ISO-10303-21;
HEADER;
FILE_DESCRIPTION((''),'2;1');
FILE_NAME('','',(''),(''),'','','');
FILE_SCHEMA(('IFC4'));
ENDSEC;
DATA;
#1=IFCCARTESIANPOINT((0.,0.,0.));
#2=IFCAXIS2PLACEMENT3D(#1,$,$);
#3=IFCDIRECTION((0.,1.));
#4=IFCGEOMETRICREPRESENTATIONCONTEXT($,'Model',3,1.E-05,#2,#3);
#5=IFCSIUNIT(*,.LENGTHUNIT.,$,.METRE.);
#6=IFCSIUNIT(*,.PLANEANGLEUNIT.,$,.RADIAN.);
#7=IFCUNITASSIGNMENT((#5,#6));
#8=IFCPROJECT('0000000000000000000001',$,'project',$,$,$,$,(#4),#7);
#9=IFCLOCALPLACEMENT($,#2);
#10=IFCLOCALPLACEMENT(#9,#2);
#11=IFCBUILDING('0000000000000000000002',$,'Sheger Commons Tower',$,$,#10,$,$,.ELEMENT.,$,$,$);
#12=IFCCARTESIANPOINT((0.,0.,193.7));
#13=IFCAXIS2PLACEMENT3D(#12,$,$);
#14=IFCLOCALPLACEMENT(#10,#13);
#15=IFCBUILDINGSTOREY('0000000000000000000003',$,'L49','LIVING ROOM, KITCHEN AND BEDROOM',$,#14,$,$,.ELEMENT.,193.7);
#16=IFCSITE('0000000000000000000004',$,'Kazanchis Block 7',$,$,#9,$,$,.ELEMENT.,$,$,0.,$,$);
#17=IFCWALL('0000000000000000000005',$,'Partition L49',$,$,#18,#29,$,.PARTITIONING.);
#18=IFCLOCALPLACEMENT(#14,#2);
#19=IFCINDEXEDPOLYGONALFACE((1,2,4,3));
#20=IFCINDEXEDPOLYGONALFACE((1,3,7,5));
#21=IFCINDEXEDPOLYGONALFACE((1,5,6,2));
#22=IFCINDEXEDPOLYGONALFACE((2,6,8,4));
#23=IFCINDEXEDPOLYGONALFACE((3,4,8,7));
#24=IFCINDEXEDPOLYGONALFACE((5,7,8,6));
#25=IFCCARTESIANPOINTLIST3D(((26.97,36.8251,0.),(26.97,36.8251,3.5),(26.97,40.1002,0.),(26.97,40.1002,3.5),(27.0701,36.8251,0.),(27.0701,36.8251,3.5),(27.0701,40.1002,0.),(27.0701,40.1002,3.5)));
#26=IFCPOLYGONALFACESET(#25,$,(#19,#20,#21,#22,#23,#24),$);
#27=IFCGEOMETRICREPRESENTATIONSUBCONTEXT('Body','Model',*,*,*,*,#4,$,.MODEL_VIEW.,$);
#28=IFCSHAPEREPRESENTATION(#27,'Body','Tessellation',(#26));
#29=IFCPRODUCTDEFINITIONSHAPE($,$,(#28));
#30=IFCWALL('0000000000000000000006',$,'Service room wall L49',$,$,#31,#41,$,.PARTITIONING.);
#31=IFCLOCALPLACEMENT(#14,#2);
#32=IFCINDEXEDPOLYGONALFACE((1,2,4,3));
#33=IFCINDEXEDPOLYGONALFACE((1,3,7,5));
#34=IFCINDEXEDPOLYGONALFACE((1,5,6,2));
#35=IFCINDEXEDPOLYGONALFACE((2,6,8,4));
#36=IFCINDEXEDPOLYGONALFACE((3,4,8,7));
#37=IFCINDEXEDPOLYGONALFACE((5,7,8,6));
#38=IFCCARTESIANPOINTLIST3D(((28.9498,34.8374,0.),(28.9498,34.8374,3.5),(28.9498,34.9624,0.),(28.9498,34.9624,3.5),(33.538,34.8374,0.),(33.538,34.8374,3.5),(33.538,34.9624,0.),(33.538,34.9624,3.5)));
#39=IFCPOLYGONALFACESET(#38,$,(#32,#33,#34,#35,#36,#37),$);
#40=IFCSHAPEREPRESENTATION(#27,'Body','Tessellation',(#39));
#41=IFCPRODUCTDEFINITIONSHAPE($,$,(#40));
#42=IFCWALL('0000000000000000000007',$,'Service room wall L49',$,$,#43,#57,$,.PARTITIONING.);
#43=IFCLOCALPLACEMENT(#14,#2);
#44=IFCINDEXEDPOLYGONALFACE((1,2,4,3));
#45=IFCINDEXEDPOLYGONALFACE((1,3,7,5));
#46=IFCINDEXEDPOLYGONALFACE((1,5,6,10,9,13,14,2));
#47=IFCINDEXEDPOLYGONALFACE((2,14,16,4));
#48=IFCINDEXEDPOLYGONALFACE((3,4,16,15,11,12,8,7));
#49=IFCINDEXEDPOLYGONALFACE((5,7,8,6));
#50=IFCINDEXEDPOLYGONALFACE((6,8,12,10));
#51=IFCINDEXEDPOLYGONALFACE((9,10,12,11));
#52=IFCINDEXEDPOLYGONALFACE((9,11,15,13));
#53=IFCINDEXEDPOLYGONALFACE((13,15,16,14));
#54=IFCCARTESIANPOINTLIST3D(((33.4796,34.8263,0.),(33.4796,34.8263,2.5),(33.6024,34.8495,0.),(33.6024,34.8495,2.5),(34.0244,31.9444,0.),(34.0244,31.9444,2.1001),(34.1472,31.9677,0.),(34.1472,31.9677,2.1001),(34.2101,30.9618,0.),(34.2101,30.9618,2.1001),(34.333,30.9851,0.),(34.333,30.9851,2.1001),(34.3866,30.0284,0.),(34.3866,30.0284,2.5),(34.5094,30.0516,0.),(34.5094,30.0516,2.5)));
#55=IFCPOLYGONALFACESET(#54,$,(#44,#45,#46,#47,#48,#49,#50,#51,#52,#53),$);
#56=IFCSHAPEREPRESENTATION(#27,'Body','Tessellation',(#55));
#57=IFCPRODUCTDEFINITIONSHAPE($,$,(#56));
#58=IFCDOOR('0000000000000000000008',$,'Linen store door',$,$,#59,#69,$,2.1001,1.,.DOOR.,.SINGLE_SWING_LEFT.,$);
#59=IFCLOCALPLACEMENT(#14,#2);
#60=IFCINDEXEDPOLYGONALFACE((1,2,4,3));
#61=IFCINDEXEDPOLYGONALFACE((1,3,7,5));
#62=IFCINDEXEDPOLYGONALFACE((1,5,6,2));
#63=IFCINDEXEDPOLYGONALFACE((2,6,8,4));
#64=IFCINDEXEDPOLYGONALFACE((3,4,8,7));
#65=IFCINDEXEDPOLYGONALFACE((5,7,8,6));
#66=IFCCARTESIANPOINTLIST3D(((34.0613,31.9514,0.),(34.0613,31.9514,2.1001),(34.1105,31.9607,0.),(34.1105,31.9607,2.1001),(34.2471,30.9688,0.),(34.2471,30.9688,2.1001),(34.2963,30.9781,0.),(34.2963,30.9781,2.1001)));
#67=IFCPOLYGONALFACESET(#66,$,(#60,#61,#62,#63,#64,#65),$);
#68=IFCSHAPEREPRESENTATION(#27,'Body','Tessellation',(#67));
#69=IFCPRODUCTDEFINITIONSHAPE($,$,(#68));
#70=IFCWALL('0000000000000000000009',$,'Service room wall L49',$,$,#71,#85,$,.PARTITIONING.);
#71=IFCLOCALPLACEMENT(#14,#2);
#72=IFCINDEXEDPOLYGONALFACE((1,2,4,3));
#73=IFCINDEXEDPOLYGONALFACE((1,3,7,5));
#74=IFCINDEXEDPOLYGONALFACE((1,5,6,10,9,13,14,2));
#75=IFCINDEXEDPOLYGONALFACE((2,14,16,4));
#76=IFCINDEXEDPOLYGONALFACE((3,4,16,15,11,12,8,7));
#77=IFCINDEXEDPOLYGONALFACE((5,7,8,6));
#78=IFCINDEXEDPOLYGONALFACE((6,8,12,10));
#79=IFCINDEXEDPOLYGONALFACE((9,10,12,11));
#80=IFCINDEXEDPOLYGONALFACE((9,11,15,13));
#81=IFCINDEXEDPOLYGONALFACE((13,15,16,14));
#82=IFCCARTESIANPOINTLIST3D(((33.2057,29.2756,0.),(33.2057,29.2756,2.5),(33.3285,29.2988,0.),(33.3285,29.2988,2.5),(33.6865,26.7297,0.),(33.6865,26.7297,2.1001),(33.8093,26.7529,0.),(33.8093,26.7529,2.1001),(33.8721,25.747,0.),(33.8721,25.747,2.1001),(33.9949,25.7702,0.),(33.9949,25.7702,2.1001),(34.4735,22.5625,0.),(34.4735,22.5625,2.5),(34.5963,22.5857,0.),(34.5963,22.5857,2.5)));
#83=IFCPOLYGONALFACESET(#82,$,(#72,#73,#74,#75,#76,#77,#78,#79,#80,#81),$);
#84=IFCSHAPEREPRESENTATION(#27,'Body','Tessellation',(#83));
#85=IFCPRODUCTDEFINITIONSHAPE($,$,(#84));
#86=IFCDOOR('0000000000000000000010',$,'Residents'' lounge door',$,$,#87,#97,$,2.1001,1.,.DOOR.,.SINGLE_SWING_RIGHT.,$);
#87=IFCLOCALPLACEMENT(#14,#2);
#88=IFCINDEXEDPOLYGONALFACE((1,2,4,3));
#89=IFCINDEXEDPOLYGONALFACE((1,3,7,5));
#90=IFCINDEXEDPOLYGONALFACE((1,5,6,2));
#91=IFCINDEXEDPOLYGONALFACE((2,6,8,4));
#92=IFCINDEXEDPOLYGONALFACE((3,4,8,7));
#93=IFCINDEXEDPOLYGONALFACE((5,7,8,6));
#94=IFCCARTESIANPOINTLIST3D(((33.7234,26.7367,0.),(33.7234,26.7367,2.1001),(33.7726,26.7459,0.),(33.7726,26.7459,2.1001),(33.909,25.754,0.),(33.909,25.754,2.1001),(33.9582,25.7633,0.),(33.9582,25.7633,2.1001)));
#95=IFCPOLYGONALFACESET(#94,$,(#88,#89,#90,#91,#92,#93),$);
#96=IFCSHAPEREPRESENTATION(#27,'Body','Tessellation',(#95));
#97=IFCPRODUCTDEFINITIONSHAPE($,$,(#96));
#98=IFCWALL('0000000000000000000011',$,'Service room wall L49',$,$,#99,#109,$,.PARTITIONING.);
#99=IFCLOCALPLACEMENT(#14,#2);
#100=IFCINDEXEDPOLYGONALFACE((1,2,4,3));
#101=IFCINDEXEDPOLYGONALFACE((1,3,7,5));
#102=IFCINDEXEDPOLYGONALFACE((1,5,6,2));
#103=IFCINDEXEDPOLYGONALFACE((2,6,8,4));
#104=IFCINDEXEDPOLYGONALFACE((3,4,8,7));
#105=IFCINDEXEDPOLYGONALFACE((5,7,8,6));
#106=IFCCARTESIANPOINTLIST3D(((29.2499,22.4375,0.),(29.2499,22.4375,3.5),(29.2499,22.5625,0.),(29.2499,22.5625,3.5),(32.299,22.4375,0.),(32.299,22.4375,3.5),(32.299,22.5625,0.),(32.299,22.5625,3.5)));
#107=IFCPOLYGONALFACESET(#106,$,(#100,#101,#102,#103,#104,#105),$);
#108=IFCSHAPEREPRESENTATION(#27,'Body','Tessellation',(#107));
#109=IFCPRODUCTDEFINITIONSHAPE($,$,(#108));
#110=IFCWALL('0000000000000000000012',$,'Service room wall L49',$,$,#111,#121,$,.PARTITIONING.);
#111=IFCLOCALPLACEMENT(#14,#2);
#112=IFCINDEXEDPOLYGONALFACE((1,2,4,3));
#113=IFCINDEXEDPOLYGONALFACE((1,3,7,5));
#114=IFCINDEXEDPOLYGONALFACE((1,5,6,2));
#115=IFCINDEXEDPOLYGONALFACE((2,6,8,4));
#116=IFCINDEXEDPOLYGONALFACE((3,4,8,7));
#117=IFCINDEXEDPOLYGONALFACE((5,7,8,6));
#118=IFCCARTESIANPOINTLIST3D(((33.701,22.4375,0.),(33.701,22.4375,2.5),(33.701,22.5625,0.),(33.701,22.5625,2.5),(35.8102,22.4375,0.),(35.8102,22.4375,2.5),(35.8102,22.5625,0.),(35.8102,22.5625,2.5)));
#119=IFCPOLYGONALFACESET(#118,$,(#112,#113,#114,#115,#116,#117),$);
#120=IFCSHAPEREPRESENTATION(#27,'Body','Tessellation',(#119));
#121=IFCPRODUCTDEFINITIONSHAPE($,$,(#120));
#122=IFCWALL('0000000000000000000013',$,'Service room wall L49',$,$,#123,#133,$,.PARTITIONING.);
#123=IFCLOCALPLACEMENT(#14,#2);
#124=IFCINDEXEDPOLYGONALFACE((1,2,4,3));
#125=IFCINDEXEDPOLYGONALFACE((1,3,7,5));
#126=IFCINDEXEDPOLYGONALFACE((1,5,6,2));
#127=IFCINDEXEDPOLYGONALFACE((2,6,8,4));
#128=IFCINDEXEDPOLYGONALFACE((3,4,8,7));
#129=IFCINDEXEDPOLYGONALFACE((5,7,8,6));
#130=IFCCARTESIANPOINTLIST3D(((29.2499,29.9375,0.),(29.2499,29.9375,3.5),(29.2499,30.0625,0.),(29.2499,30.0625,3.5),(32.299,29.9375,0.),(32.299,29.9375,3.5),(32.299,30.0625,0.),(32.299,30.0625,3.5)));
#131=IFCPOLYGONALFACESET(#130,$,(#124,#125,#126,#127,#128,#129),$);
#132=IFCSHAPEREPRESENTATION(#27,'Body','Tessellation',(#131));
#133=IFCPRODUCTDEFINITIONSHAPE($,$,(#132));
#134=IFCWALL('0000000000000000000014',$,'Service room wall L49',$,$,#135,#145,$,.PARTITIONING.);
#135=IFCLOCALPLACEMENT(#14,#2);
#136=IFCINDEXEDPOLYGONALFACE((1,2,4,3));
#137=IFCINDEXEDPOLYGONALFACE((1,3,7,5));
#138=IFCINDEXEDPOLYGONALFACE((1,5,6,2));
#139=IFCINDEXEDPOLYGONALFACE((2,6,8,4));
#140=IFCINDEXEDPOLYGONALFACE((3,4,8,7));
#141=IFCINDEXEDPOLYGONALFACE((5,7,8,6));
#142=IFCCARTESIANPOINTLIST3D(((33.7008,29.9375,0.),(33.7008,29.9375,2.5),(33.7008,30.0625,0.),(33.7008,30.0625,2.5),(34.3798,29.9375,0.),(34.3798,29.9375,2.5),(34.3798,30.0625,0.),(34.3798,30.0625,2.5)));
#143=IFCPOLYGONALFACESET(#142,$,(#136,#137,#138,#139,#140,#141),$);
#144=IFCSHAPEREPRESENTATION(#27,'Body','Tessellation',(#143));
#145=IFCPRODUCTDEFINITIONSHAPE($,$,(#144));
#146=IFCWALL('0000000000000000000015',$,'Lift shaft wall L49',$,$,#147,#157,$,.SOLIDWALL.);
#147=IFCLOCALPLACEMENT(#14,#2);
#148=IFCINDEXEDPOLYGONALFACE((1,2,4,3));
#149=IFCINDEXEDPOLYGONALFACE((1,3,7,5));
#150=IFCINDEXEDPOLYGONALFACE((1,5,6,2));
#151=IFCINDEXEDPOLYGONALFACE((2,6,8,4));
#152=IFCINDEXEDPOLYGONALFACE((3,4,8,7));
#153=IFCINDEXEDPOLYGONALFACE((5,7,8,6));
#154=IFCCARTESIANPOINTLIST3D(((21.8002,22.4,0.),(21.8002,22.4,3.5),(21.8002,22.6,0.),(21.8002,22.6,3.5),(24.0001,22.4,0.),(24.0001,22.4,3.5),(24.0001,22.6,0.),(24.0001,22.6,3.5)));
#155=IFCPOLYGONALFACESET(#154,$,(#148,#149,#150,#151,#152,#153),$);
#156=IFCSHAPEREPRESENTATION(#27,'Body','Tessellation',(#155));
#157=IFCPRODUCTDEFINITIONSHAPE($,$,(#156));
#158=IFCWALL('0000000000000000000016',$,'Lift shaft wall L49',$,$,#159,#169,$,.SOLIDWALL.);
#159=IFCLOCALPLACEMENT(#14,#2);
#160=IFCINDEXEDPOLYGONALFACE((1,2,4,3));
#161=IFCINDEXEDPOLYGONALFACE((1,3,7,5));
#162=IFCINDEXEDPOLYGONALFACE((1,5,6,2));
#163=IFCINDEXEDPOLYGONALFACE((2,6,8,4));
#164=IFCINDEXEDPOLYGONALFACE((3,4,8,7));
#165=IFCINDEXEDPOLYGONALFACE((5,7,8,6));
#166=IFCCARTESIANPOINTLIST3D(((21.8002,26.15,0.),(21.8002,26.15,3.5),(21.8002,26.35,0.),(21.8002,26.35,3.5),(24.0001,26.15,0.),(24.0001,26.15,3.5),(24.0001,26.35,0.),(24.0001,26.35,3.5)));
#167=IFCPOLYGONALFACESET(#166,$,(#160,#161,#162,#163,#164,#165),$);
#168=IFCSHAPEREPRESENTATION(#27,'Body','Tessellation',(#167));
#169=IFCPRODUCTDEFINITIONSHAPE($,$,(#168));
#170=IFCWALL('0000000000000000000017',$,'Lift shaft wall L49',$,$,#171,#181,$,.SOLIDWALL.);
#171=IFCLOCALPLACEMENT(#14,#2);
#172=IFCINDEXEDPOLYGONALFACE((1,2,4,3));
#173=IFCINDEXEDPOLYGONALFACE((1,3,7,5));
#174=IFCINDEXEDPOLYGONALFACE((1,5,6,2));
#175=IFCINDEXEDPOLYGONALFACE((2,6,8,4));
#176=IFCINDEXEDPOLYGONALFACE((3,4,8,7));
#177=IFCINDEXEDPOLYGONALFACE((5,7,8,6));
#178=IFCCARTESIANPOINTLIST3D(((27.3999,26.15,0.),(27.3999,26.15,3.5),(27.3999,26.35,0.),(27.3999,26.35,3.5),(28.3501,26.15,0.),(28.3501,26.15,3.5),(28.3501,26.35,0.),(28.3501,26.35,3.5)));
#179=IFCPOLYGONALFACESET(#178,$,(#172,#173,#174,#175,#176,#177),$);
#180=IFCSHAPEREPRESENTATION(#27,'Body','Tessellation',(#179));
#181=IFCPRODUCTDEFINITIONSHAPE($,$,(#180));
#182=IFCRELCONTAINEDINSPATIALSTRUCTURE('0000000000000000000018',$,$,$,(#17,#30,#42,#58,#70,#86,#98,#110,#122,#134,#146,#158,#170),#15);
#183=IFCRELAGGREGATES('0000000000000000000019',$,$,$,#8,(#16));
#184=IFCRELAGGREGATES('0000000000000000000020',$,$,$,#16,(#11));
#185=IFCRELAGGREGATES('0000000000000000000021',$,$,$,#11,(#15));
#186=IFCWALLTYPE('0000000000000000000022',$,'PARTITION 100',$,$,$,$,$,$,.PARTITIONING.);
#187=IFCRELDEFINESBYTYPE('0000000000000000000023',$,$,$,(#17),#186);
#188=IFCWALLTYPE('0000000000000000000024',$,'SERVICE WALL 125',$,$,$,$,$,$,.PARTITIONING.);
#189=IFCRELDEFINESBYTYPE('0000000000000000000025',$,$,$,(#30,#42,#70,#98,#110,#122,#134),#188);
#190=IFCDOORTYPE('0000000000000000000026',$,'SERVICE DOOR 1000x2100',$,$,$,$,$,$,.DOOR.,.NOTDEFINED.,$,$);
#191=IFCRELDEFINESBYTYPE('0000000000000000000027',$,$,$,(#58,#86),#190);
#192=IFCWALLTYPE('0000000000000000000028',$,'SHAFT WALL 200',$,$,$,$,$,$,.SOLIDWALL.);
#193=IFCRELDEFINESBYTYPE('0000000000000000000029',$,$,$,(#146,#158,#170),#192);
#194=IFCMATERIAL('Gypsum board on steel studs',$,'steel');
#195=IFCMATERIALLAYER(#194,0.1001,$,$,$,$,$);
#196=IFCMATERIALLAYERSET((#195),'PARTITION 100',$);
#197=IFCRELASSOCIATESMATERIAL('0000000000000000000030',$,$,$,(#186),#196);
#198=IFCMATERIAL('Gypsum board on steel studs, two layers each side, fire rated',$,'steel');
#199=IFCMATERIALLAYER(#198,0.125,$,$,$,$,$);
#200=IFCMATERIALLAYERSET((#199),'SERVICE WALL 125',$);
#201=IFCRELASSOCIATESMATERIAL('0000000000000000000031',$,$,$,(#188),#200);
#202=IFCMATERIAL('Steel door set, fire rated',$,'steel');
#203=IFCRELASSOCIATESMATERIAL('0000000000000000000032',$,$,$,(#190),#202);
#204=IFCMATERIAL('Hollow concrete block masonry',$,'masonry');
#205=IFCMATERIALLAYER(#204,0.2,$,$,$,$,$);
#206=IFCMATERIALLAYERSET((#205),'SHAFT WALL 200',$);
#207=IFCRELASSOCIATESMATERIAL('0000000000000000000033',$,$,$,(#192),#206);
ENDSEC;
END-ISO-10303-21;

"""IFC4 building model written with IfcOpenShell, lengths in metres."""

from ifc_helpers import new_model, si_unit, direction, frame, frame_2d, origin, place, context, subcontext, project, spatial, rectangle, extrude, material, layer, layer_set, type_object, element, fill, save


model = new_model("IFC4")

# Units and contexts
model_context = context("Model", 3, precision=1e-05, world=origin(), true_north=direction((0.0, 1.0)))
body_context = subcontext(model_context, "Body", "Model", "MODEL_VIEW")
ifc_project = project(units=[si_unit("LENGTHUNIT", "METRE"), si_unit("PLANEANGLEUNIT", "RADIAN")], contexts=[model_context])

# Site, building, storey
site_placement = place(None, origin())
site = spatial("IfcSite", under=ifc_project, at=site_placement, Name="Kazanchis Block 7", CompositionType="ELEMENT", RefElevation=0.0)
building_placement = place(site_placement, origin())
building = spatial("IfcBuilding", under=site, at=building_placement, Name="Sheger Commons Tower", CompositionType="ELEMENT")
storey_placement = place(building_placement, frame((0.0, 0.0, 193.7)))
storey = spatial("IfcBuildingStorey", under=building, at=storey_placement, Name="L49", Description="LIVING ROOM, KITCHEN AND BEDROOM", CompositionType="ELEMENT", Elevation=193.7)

# Walls
ifc_material_1 = material(Name="Gypsum board on steel studs", Category="steel")
ifc_layer_1 = layer(ifc_material_1, 0.1001)
ifc_layer_set_1 = layer_set([ifc_layer_1], Name="PARTITION 100")
wall_type_1 = type_object("IfcWallType", Name="PARTITION 100", PredefinedType="PARTITIONING", material=ifc_layer_set_1)
for number, where, z_axis, x_axis, name in (
    (1, (27.02, 36.825, 0.0), (0.0, 0.0, 1.0), (0.0, 1.0, 0.0), "Partition L49"),
):
    element("IfcWall", number, at=place(storey_placement, frame(where, z_axis=z_axis, x_axis=x_axis)), inside=storey, type_object=wall_type_1, Name=name, PredefinedType="PARTITIONING", context=body_context, shape_type="SweptSolid", body=[
        extrude(rectangle(XDim=3.2751, YDim=0.1001, at=frame_2d((1.6377, 0.0))), origin(), (0.0, 0.0, 1.0), 3.5),
    ])
ifc_material_2 = material(Name="Gypsum board on steel studs, two layers each side, fire rated", Category="steel")
ifc_layer_2 = layer(ifc_material_2, 0.125)
ifc_layer_set_2 = layer_set([ifc_layer_2], Name="SERVICE WALL 125")
wall_type_2 = type_object("IfcWallType", Name="SERVICE WALL 125", PredefinedType="PARTITIONING", material=ifc_layer_set_2)
wall_1_placement = place(storey_placement, frame((28.95, 34.8999, 0.0), z_axis=(0.0, 0.0, 1.0), x_axis=(1.0, 0.0, 0.0)))
element("IfcWall", 2, at=wall_1_placement, inside=storey, type_object=wall_type_2, Name="Service room wall L49", PredefinedType="PARTITIONING", context=body_context, shape_type="SweptSolid", body=[
    extrude(rectangle(XDim=4.5881, YDim=0.125, at=frame_2d((2.2939, 0.0))), origin(), (0.0, 0.0, 1.0), 3.5),
])

# Walls, openings, doors
wall_2_placement = place(storey_placement, frame((34.448, 30.04, 0.0), z_axis=(0.0, 0.0, 1.0), x_axis=(-0.185749, 0.982597, 0.0)))
wall_2 = element("IfcWall", 3, at=wall_2_placement, inside=storey, type_object=wall_type_2, Name="Service room wall L49", PredefinedType="PARTITIONING", context=body_context, shape_type="SweptSolid", body=[
    extrude(rectangle(XDim=4.8828, YDim=0.125, at=frame_2d((2.4414, 0.0))), origin(), (0.0, 0.0, 1.0), 2.5),
])
opening_1_placement = place(wall_2_placement, frame((0.95, 0.0, 0.0)))
opening_1 = element("IfcOpeningElement", 4, at=opening_1_placement, cuts=wall_2, PredefinedType="OPENING", context=body_context, shape_type="SweptSolid", body=[
    extrude(rectangle(XDim=1.0, YDim=2.1001, at=frame_2d((0.5, 1.05))), frame((0.0, 0.0725, 0.0), z_axis=(0.0, -1.0, 0.0), x_axis=(1.0, 0.0, 0.0)), (0.0, 0.0, 1.0), 0.145),
])
ifc_material_3 = material(Name="Steel door set, fire rated", Category="steel")
door_type_1 = type_object("IfcDoorType", Name="SERVICE DOOR 1000x2100", OperationType="NOTDEFINED", PredefinedType="DOOR", material=ifc_material_3)
door_1_placement = place(opening_1_placement, origin())
door_1 = element("IfcDoor", 5, at=door_1_placement, inside=storey, type_object=door_type_1, Name="Linen store door", OperationType="SINGLE_SWING_LEFT", OverallHeight=2.1001, OverallWidth=1.0, PredefinedType="DOOR", context=body_context, shape_type="SweptSolid", body=[
    extrude(rectangle(XDim=1.0, YDim=2.1001, at=frame_2d((0.5, 1.05))), frame((0.0, 0.0249, 0.0), z_axis=(0.0, -1.0, 0.0), x_axis=(1.0, 0.0, 0.0)), (0.0, 0.0, 1.0), 0.05),
])
fill(opening_1, door_1)
wall_3_placement = place(storey_placement, frame((34.5349, 22.574, 0.0), z_axis=(0.0, 0.0, 1.0), x_axis=(-0.185576, 0.98263, 0.0)))
wall_3 = element("IfcWall", 6, at=wall_3_placement, inside=storey, type_object=wall_type_2, Name="Service room wall L49", PredefinedType="PARTITIONING", context=body_context, shape_type="SweptSolid", body=[
    extrude(rectangle(XDim=6.8318, YDim=0.125, at=frame_2d((3.416, 0.0))), origin(), (0.0, 0.0, 1.0), 2.5),
])
opening_2_placement = place(wall_3_placement, frame((3.241, 0.0, 0.0)))
opening_2 = element("IfcOpeningElement", 7, at=opening_2_placement, cuts=wall_3, PredefinedType="OPENING", context=body_context, shape_type="SweptSolid", body=[
    extrude(rectangle(XDim=1.0, YDim=2.1001, at=frame_2d((0.5, 1.05))), frame((0.0, 0.0725, 0.0), z_axis=(0.0, -1.0, 0.0), x_axis=(1.0, 0.0, 0.0)), (0.0, 0.0, 1.0), 0.145),
])
door_2_placement = place(opening_2_placement, origin())
door_2 = element("IfcDoor", 8, at=door_2_placement, inside=storey, type_object=door_type_1, Name="Residents' lounge door", OperationType="SINGLE_SWING_RIGHT", OverallHeight=2.1001, OverallWidth=1.0, PredefinedType="DOOR", context=body_context, shape_type="SweptSolid", body=[
    extrude(rectangle(XDim=1.0, YDim=2.1001, at=frame_2d((0.5, 1.05))), frame((0.0, 0.0249, 0.0), z_axis=(0.0, -1.0, 0.0), x_axis=(1.0, 0.0, 0.0)), (0.0, 0.0, 1.0), 0.05),
])
fill(opening_2, door_2)

# Walls
wall_4_placement = place(storey_placement, frame((29.25, 22.5, 0.0), z_axis=(0.0, 0.0, 1.0), x_axis=(1.0, 0.0, 0.0)))
element("IfcWall", 9, at=wall_4_placement, inside=storey, type_object=wall_type_2, Name="Service room wall L49", PredefinedType="PARTITIONING", context=body_context, shape_type="SweptSolid", body=[
    extrude(rectangle(XDim=3.0491, YDim=0.125, at=frame_2d((1.5244, 0.0))), origin(), (0.0, 0.0, 1.0), 3.5),
])
wall_5_placement = place(storey_placement, frame((33.7009, 22.5, 0.0), z_axis=(0.0, 0.0, 1.0), x_axis=(1.0, 0.0, 0.0)))
element("IfcWall", 10, at=wall_5_placement, inside=storey, type_object=wall_type_2, Name="Service room wall L49", PredefinedType="PARTITIONING", context=body_context, shape_type="SweptSolid", body=[
    extrude(rectangle(XDim=2.1091, YDim=0.125, at=frame_2d((1.0547, 0.0))), origin(), (0.0, 0.0, 1.0), 2.5),
])
wall_6_placement = place(storey_placement, frame((29.25, 30.0, 0.0), z_axis=(0.0, 0.0, 1.0), x_axis=(1.0, 0.0, 0.0)))
element("IfcWall", 11, at=wall_6_placement, inside=storey, type_object=wall_type_2, Name="Service room wall L49", PredefinedType="PARTITIONING", context=body_context, shape_type="SweptSolid", body=[
    extrude(rectangle(XDim=3.0491, YDim=0.125, at=frame_2d((1.5244, 0.0))), origin(), (0.0, 0.0, 1.0), 3.5),
])
wall_7_placement = place(storey_placement, frame((33.7009, 30.0, 0.0), z_axis=(0.0, 0.0, 1.0), x_axis=(1.0, 0.0, 0.0)))
element("IfcWall", 12, at=wall_7_placement, inside=storey, type_object=wall_type_2, Name="Service room wall L49", PredefinedType="PARTITIONING", context=body_context, shape_type="SweptSolid", body=[
    extrude(rectangle(XDim=0.679, YDim=0.125, at=frame_2d((0.3394, 0.0))), origin(), (0.0, 0.0, 1.0), 2.5),
])
ifc_material_4 = material(Name="Hollow concrete block masonry", Category="masonry")
ifc_layer_3 = layer(ifc_material_4, 0.2)
ifc_layer_set_3 = layer_set([ifc_layer_3], Name="SHAFT WALL 200")
wall_type_3 = type_object("IfcWallType", Name="SHAFT WALL 200", PredefinedType="SOLIDWALL", material=ifc_layer_set_3)
for number, where, z_axis, x_axis, name in (
    (13, (21.8, 22.5, 0.0), (0.0, 0.0, 1.0), (1.0, 0.0, 0.0), "Lift shaft wall L49"),
    (14, (21.8, 26.25, 0.0), (0.0, 0.0, 1.0), (1.0, 0.0, 0.0), "Lift shaft wall L49"),
):
    element("IfcWall", number, at=place(storey_placement, frame(where, z_axis=z_axis, x_axis=x_axis)), inside=storey, type_object=wall_type_3, Name=name, PredefinedType="SOLIDWALL", context=body_context, shape_type="SweptSolid", body=[
        extrude(rectangle(XDim=2.2, YDim=0.2, at=frame_2d((1.1001, 0.0))), origin(), (0.0, 0.0, 1.0), 3.5),
    ])
wall_8_placement = place(storey_placement, frame((27.3999, 26.25, 0.0), z_axis=(0.0, 0.0, 1.0), x_axis=(1.0, 0.0, 0.0)))
element("IfcWall", 15, at=wall_8_placement, inside=storey, type_object=wall_type_3, Name="Lift shaft wall L49", PredefinedType="SOLIDWALL", context=body_context, shape_type="SweptSolid", body=[
    extrude(rectangle(XDim=0.9502, YDim=0.2, at=frame_2d((0.4751, 0.0))), origin(), (0.0, 0.0, 1.0), 3.5),
])

save(model, "model.ifc")
